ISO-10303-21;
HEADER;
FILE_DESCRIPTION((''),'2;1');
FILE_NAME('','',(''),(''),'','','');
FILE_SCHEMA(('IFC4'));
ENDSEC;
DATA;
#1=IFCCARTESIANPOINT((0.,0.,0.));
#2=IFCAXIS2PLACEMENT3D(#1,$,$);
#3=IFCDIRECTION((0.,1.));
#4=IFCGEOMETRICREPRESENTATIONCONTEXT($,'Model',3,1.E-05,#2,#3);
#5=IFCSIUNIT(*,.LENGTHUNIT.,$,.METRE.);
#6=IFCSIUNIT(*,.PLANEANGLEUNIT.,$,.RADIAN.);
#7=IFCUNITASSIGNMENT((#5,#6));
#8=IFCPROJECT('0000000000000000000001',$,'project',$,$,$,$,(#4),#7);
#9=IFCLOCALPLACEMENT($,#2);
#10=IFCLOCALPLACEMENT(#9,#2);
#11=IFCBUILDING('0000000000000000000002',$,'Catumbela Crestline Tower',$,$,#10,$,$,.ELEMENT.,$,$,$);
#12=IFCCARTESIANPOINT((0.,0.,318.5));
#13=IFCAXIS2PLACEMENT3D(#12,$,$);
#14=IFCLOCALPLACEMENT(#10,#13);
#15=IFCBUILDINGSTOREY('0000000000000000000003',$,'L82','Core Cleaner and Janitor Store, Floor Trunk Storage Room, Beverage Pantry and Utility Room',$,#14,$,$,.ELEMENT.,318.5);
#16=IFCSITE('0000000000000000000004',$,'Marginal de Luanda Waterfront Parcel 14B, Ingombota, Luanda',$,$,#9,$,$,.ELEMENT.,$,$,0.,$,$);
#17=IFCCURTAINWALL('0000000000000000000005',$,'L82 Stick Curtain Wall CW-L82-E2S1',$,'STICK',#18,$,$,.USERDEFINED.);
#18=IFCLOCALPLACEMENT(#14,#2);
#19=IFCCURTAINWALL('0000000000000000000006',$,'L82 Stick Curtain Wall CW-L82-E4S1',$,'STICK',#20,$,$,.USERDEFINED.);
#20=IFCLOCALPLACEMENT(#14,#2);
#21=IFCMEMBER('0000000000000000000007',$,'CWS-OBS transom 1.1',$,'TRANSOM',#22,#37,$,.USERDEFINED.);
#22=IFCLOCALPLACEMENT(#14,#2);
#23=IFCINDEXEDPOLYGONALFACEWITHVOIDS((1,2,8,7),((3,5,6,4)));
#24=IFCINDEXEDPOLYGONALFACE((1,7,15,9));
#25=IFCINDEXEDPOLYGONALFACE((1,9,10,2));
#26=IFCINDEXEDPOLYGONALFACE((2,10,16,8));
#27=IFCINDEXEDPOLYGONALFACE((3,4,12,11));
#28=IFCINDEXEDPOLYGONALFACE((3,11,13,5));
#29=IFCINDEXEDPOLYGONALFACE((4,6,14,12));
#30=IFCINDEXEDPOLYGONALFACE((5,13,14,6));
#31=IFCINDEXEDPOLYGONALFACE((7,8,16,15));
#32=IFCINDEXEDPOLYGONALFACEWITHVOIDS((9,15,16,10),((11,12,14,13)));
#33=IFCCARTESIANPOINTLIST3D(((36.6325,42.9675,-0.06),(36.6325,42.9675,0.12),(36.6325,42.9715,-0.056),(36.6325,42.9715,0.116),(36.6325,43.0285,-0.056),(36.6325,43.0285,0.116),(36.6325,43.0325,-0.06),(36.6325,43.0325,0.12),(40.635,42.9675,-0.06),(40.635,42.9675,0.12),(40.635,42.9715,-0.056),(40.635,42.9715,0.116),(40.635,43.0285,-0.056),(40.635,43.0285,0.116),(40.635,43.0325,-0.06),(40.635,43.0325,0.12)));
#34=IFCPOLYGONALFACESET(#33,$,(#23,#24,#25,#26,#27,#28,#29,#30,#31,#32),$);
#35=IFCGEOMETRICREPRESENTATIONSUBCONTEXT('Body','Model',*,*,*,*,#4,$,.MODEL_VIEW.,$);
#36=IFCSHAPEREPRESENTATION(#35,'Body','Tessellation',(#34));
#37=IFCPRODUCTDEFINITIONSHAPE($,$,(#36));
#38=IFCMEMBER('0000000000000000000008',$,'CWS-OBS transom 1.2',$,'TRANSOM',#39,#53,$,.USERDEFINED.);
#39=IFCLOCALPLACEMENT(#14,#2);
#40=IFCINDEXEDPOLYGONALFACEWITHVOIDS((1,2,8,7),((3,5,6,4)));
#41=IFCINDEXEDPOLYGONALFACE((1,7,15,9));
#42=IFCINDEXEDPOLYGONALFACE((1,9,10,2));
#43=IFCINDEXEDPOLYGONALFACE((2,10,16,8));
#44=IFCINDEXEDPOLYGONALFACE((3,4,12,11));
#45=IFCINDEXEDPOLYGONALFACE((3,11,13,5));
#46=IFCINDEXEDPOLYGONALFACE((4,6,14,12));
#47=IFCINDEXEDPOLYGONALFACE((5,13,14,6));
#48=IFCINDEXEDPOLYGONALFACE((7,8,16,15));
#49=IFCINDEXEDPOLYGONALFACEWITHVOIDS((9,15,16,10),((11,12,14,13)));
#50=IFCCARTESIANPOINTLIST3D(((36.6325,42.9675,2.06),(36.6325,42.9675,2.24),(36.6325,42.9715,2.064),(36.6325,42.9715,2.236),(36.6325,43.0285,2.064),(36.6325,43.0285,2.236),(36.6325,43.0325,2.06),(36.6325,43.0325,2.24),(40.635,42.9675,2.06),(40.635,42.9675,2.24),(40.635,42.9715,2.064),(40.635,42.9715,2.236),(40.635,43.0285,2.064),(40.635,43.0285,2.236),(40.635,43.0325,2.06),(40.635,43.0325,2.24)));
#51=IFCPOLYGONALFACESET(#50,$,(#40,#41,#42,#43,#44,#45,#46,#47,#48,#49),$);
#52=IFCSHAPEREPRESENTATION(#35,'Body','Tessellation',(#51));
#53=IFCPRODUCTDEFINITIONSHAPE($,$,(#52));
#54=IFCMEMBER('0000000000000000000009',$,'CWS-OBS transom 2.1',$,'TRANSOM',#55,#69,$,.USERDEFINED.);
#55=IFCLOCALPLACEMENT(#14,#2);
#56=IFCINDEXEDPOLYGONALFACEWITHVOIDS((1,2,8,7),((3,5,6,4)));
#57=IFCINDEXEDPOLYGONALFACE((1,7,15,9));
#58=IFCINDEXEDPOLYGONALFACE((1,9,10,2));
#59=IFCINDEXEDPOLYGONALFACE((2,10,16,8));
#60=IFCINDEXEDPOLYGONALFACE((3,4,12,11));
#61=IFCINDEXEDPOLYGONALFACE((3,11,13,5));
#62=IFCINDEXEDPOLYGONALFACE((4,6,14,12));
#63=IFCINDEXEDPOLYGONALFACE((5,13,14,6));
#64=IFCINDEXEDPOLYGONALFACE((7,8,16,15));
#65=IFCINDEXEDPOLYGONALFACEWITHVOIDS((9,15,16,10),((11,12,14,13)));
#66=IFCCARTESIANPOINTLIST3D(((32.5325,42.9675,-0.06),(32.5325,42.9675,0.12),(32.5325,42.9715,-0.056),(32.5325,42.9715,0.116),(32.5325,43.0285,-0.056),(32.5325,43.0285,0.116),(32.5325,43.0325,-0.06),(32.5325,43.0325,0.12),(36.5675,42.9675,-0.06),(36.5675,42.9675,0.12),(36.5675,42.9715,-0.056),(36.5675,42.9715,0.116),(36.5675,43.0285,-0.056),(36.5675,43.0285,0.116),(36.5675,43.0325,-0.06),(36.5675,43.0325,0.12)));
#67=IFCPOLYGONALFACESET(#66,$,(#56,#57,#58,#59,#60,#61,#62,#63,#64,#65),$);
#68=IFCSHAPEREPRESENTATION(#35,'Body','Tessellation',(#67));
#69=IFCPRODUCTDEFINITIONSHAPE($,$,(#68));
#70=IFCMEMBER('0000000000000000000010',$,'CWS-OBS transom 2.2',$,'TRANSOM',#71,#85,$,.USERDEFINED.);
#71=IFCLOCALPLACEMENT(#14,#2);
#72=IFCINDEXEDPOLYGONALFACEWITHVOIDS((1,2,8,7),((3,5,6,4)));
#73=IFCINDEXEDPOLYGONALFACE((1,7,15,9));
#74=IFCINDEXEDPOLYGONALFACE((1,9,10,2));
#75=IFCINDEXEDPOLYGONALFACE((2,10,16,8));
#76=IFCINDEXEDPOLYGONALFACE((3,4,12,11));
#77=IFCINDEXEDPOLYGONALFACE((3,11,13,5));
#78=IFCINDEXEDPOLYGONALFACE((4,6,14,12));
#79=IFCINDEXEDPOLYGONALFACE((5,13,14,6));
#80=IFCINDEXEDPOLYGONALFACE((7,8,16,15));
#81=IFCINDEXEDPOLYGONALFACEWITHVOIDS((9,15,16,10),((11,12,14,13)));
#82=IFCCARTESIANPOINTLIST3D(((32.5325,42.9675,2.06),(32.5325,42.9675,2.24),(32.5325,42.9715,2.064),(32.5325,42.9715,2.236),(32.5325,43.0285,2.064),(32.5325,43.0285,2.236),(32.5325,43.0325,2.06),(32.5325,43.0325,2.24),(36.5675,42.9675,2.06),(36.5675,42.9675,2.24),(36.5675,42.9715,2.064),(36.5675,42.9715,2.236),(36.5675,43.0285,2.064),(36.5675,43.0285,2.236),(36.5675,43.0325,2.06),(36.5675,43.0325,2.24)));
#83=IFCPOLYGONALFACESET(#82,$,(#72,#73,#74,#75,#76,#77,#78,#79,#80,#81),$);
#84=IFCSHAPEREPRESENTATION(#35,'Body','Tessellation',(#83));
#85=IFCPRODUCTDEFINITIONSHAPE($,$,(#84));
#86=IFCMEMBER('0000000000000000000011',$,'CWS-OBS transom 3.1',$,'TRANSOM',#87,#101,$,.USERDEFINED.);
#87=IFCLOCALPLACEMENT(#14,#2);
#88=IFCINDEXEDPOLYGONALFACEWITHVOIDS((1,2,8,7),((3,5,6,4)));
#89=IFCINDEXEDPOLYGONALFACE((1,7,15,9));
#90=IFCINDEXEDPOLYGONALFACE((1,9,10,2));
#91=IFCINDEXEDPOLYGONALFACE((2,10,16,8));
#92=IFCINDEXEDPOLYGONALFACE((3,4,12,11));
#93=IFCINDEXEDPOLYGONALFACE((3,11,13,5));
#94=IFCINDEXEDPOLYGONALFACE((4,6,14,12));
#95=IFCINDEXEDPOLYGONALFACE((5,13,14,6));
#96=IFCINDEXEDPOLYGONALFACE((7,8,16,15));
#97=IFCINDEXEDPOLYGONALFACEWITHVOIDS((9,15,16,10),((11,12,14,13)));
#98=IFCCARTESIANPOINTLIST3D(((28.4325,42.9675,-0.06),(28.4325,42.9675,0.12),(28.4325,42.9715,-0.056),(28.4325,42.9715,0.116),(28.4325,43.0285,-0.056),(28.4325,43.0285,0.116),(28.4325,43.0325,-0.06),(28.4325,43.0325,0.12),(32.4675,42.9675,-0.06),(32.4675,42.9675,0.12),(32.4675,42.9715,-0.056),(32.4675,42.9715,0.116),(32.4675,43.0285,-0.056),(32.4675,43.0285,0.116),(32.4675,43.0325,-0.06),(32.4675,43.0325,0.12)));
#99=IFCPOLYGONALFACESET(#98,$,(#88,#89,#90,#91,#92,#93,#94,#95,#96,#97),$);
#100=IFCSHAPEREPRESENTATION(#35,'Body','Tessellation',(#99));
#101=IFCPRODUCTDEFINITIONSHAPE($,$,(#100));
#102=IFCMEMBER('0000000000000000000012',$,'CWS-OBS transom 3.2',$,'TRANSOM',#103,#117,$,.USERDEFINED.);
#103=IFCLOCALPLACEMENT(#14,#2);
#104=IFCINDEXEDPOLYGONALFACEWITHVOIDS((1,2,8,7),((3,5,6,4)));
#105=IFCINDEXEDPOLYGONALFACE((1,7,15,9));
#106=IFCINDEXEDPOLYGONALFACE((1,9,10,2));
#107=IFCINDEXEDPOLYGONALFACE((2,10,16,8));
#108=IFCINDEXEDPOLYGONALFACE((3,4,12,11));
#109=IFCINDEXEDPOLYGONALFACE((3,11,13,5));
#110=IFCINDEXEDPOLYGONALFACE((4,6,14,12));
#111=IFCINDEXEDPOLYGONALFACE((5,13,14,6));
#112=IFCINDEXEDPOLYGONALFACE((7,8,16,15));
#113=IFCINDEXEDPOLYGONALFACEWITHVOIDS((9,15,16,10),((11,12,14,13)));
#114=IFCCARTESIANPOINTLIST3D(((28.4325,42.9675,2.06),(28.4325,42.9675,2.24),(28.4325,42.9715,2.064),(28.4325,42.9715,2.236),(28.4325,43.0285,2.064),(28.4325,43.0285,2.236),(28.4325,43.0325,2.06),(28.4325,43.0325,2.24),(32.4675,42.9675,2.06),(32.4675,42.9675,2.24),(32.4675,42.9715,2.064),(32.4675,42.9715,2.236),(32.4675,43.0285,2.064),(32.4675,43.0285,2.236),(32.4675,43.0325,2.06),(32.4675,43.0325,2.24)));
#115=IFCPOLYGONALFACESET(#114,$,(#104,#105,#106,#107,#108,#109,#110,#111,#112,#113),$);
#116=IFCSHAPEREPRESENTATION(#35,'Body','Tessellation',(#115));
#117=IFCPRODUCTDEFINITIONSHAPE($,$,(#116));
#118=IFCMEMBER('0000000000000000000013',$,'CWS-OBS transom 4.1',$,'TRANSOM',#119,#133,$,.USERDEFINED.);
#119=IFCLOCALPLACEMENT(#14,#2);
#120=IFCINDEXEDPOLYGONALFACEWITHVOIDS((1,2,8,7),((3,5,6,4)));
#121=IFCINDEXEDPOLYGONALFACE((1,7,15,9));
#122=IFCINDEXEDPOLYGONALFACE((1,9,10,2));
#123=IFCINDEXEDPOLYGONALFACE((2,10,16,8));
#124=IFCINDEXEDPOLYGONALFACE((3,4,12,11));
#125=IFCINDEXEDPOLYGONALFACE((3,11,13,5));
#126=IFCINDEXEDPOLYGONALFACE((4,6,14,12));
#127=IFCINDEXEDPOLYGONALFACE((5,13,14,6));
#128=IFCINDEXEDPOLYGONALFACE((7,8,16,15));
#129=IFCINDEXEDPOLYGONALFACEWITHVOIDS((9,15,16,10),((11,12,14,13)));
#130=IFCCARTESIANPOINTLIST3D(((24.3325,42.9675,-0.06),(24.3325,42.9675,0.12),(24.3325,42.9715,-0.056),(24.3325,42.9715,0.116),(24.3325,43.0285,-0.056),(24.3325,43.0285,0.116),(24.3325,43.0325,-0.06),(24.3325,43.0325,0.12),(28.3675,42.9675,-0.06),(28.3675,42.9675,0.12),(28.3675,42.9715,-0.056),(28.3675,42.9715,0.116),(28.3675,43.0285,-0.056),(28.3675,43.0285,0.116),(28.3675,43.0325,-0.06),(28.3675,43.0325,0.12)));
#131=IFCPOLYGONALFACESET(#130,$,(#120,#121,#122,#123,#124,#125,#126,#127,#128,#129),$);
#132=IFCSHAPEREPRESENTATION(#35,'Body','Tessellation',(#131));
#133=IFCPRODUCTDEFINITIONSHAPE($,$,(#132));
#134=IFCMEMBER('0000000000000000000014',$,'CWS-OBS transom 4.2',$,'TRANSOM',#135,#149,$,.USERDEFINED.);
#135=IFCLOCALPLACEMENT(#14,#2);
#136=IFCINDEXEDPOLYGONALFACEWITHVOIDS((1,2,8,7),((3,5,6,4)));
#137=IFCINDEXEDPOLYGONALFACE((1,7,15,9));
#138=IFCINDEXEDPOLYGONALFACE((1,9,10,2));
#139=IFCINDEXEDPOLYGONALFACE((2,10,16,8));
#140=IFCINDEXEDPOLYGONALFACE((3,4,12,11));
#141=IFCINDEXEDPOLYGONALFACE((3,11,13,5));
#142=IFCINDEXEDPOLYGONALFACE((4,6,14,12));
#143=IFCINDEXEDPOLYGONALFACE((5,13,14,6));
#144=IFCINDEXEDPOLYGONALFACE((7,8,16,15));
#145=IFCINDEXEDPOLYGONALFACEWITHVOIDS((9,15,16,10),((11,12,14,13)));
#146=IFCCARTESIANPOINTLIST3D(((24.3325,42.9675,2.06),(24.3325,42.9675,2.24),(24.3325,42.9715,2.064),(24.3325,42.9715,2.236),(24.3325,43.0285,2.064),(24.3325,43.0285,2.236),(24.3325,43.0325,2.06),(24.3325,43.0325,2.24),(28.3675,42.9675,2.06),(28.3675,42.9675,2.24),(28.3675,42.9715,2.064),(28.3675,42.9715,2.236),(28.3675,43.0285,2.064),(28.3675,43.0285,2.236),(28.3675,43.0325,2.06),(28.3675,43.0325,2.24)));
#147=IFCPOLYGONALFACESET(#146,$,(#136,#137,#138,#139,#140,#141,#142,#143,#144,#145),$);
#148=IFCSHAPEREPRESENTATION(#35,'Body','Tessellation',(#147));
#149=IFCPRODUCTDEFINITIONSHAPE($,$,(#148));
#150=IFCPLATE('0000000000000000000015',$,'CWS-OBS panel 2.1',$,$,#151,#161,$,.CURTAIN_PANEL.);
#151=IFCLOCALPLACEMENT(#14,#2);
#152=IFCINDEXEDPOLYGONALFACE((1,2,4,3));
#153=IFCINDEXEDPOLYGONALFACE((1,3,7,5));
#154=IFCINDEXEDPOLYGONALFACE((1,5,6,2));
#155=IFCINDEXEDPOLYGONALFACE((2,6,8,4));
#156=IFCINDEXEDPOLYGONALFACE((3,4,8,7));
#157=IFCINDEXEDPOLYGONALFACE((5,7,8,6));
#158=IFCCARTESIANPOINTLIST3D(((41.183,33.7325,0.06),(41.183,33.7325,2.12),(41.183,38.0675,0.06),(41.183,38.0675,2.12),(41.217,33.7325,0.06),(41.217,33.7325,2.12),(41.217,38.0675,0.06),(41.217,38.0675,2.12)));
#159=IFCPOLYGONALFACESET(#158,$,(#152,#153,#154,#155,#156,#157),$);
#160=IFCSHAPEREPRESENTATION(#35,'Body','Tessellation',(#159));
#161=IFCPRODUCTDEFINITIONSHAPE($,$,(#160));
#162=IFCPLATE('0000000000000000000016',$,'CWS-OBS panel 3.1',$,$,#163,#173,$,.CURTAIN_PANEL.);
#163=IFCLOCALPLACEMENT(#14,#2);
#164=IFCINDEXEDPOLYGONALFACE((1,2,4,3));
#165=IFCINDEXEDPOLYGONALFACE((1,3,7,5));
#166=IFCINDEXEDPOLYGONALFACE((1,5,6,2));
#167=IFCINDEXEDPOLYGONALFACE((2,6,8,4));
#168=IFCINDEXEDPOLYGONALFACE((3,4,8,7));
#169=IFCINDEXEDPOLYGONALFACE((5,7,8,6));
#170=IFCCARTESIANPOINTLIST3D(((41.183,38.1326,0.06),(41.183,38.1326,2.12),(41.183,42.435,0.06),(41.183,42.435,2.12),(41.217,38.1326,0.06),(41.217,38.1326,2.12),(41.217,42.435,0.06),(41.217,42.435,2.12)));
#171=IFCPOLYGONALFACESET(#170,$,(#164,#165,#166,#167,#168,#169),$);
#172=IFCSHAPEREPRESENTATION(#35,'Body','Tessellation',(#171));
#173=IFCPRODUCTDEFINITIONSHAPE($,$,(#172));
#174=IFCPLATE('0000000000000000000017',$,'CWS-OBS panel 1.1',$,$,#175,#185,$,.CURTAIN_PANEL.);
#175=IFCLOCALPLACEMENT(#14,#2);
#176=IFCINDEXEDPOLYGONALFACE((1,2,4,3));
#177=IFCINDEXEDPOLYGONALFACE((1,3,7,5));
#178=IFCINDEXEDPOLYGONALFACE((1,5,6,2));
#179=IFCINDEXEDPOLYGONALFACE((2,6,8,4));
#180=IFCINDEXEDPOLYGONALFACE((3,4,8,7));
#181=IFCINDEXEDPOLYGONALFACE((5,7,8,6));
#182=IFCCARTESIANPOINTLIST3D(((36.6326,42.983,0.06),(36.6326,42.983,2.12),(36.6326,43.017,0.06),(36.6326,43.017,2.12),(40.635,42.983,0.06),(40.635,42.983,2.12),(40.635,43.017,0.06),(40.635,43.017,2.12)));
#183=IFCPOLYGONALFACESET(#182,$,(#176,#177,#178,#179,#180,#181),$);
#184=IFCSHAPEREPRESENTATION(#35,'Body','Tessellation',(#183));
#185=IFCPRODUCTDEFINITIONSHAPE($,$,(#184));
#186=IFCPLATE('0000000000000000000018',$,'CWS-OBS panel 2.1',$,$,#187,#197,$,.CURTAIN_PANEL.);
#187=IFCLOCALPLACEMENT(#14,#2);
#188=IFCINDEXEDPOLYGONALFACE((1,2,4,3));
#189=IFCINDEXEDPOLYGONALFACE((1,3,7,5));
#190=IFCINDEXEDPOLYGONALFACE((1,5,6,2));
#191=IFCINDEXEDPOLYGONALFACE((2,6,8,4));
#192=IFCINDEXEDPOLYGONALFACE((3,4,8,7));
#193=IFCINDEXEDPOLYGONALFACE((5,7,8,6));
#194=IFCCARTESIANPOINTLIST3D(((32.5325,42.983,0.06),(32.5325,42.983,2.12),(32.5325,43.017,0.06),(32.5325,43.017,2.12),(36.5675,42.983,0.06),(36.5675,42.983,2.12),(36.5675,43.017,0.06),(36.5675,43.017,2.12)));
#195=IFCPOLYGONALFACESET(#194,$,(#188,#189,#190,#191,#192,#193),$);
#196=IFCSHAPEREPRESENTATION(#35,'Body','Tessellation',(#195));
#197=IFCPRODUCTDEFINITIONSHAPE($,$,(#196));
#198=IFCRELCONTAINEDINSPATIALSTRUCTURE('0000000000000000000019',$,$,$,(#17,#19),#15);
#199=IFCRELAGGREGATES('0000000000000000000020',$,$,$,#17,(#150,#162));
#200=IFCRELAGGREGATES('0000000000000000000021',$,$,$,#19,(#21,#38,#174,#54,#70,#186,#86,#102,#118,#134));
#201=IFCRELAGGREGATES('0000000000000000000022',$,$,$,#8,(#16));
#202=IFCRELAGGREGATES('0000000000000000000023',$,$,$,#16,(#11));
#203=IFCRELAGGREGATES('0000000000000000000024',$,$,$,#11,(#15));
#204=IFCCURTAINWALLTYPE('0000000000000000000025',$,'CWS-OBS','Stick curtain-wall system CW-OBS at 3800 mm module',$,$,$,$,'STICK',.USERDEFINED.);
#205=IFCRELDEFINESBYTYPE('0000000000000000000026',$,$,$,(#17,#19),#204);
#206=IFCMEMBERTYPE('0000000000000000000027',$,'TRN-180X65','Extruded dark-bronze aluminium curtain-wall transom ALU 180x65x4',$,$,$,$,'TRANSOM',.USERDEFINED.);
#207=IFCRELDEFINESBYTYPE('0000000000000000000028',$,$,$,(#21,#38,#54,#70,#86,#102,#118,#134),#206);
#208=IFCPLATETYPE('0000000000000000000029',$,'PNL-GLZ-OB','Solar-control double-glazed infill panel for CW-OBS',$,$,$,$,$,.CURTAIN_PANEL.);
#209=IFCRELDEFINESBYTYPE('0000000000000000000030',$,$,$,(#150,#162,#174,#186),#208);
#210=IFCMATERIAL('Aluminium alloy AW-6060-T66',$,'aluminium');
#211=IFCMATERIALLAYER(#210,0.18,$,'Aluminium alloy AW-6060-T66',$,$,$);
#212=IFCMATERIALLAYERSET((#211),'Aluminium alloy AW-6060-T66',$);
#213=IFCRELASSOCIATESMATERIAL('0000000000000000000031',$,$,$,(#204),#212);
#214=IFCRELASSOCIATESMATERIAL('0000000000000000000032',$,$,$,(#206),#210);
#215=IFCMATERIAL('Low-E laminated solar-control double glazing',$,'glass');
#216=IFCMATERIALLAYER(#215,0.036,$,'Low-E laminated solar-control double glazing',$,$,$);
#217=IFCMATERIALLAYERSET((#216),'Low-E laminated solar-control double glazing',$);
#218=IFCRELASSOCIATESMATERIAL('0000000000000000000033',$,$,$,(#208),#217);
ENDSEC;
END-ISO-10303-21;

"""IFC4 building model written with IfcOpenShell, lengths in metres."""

from ifc_helpers import new_model, si_unit, direction, frame, origin, origin_2d, place, context, subcontext, project, spatial, rectangle, hollow_rectangle, extrude, material, layer, layer_set, material_profile, profile_set, type_object, element, aggregate, save


model = new_model("IFC4")

# Units and contexts
model_context = context("Model", 3, precision=1e-05, world=origin(), true_north=direction((0.0, 1.0)))
body_context = subcontext(model_context, "Body", "Model", "MODEL_VIEW")
ifc_project = project(units=[si_unit("LENGTHUNIT", "METRE"), si_unit("PLANEANGLEUNIT", "RADIAN")], contexts=[model_context])

# Site, building, storey
site_placement = place(None, origin())
site = spatial("IfcSite", under=ifc_project, at=site_placement, Name="Marginal de Luanda Waterfront Parcel 14B, Ingombota, Luanda", CompositionType="ELEMENT", RefElevation=0.0)
building_placement = place(site_placement, origin())
building = spatial("IfcBuilding", under=site, at=building_placement, Name="Catumbela Crestline Tower", CompositionType="ELEMENT")
storey_placement = place(building_placement, frame((0.0, 0.0, 318.5)))
storey = spatial("IfcBuildingStorey", under=building, at=storey_placement, Name="L82", Description="Core Cleaner and Janitor Store, Floor Trunk Storage Room, Beverage Pantry and Utility Room", CompositionType="ELEMENT", Elevation=318.5)

# Curtain walls
ifc_material_1 = material(Name="Aluminium alloy AW-6060-T66", Category="aluminium")
ifc_layer_1 = layer(ifc_material_1, 0.18, Name="Aluminium alloy AW-6060-T66")
ifc_layer_set_1 = layer_set([ifc_layer_1], Name="Aluminium alloy AW-6060-T66")
curtain_wall_type = type_object("IfcCurtainWallType", Name="CWS-OBS", Description="Stick curtain-wall system CW-OBS at 3800 mm module", ElementType="STICK", PredefinedType="USERDEFINED", material=ifc_layer_set_1)
curtain_wall_1_placement = place(storey_placement, origin())
curtain_wall_1 = element("IfcCurtainWall", 1, at=curtain_wall_1_placement, inside=storey, type_object=curtain_wall_type, Name="L82 Stick Curtain Wall CW-L82-E2S1", ObjectType="STICK", PredefinedType="USERDEFINED")
curtain_wall_2_placement = place(storey_placement, origin())
curtain_wall_2 = element("IfcCurtainWall", 2, at=curtain_wall_2_placement, inside=storey, type_object=curtain_wall_type, Name="L82 Stick Curtain Wall CW-L82-E4S1", ObjectType="STICK", PredefinedType="USERDEFINED")

# Members
ifc_material_profile_1 = material_profile(ifc_material_1, hollow_rectangle(XDim=0.065, YDim=0.18, WallThickness=0.004, at=origin_2d()), Name="ALU 180x65x4")
ifc_profile_set_1 = profile_set([ifc_material_profile_1], Name="Aluminium alloy AW-6060-T66")
member_type_1 = type_object("IfcMemberType", Name="TRN-180X65", Description="Extruded dark-bronze aluminium curtain-wall transom ALU 180x65x4", ElementType="TRANSOM", PredefinedType="USERDEFINED", material=ifc_profile_set_1)
member_1_placement = place(storey_placement, frame((40.635, 43.0, 0.03), z_axis=(-1.0, 0.0, 0.0), x_axis=(0.0, -1.0, 0.0)))
member_1 = element("IfcMember", 3, at=member_1_placement, type_object=member_type_1, Name="CWS-OBS transom 1.1", ObjectType="TRANSOM", PredefinedType="USERDEFINED", context=body_context, shape_type="SweptSolid", body=[
    extrude(hollow_rectangle(XDim=0.065, YDim=0.18, WallThickness=0.004, at=origin_2d()), origin(), (0.0, 0.0, 1.0), 4.0025),
])
member_2_placement = place(storey_placement, frame((40.635, 43.0, 2.15), z_axis=(-1.0, 0.0, 0.0), x_axis=(0.0, -1.0, 0.0)))
member_2 = element("IfcMember", 4, at=member_2_placement, type_object=member_type_1, Name="CWS-OBS transom 1.2", ObjectType="TRANSOM", PredefinedType="USERDEFINED", context=body_context, shape_type="SweptSolid", body=[
    extrude(hollow_rectangle(XDim=0.065, YDim=0.18, WallThickness=0.004, at=origin_2d()), origin(), (0.0, 0.0, 1.0), 4.0025),
])
member_3_placement = place(storey_placement, frame((36.5675, 43.0, 0.03), z_axis=(-1.0, 0.0, 0.0), x_axis=(0.0, -1.0, 0.0)))
member_3 = element("IfcMember", 5, at=member_3_placement, type_object=member_type_1, Name="CWS-OBS transom 2.1", ObjectType="TRANSOM", PredefinedType="USERDEFINED", context=body_context, shape_type="SweptSolid", body=[
    extrude(hollow_rectangle(XDim=0.065, YDim=0.18, WallThickness=0.004, at=origin_2d()), origin(), (0.0, 0.0, 1.0), 4.035),
])
member_4_placement = place(storey_placement, frame((36.5675, 43.0, 2.15), z_axis=(-1.0, 0.0, 0.0), x_axis=(0.0, -1.0, 0.0)))
member_4 = element("IfcMember", 6, at=member_4_placement, type_object=member_type_1, Name="CWS-OBS transom 2.2", ObjectType="TRANSOM", PredefinedType="USERDEFINED", context=body_context, shape_type="SweptSolid", body=[
    extrude(hollow_rectangle(XDim=0.065, YDim=0.18, WallThickness=0.004, at=origin_2d()), origin(), (0.0, 0.0, 1.0), 4.035),
])
member_5_placement = place(storey_placement, frame((32.4675, 43.0, 0.03), z_axis=(-1.0, 0.0, 0.0), x_axis=(0.0, -1.0, 0.0)))
member_5 = element("IfcMember", 7, at=member_5_placement, type_object=member_type_1, Name="CWS-OBS transom 3.1", ObjectType="TRANSOM", PredefinedType="USERDEFINED", context=body_context, shape_type="SweptSolid", body=[
    extrude(hollow_rectangle(XDim=0.065, YDim=0.18, WallThickness=0.004, at=origin_2d()), origin(), (0.0, 0.0, 1.0), 4.035),
])
member_6_placement = place(storey_placement, frame((32.4675, 43.0, 2.15), z_axis=(-1.0, 0.0, 0.0), x_axis=(0.0, -1.0, 0.0)))
member_6 = element("IfcMember", 8, at=member_6_placement, type_object=member_type_1, Name="CWS-OBS transom 3.2", ObjectType="TRANSOM", PredefinedType="USERDEFINED", context=body_context, shape_type="SweptSolid", body=[
    extrude(hollow_rectangle(XDim=0.065, YDim=0.18, WallThickness=0.004, at=origin_2d()), origin(), (0.0, 0.0, 1.0), 4.035),
])
member_7_placement = place(storey_placement, frame((28.3675, 43.0, 0.03), z_axis=(-1.0, 0.0, 0.0), x_axis=(0.0, -1.0, 0.0)))
member_7 = element("IfcMember", 9, at=member_7_placement, type_object=member_type_1, Name="CWS-OBS transom 4.1", ObjectType="TRANSOM", PredefinedType="USERDEFINED", context=body_context, shape_type="SweptSolid", body=[
    extrude(hollow_rectangle(XDim=0.065, YDim=0.18, WallThickness=0.004, at=origin_2d()), origin(), (0.0, 0.0, 1.0), 4.035),
])
member_8_placement = place(storey_placement, frame((28.3675, 43.0, 2.15), z_axis=(-1.0, 0.0, 0.0), x_axis=(0.0, -1.0, 0.0)))
member_8 = element("IfcMember", 10, at=member_8_placement, type_object=member_type_1, Name="CWS-OBS transom 4.2", ObjectType="TRANSOM", PredefinedType="USERDEFINED", context=body_context, shape_type="SweptSolid", body=[
    extrude(hollow_rectangle(XDim=0.065, YDim=0.18, WallThickness=0.004, at=origin_2d()), origin(), (0.0, 0.0, 1.0), 4.035),
])

# Plates
ifc_material_2 = material(Name="Low-E laminated solar-control double glazing", Category="glass")
ifc_layer_2 = layer(ifc_material_2, 0.036, Name="Low-E laminated solar-control double glazing")
ifc_layer_set_2 = layer_set([ifc_layer_2], Name="Low-E laminated solar-control double glazing")
plate_type = type_object("IfcPlateType", Name="PNL-GLZ-OB", Description="Solar-control double-glazed infill panel for CW-OBS", PredefinedType="CURTAIN_PANEL", material=ifc_layer_set_2)
plate_1_placement = place(storey_placement, frame((41.2, 35.9, 0.06), z_axis=(0.0, 0.0, 1.0), x_axis=(0.0, 1.0, 0.0)))
plate_1 = element("IfcPlate", 11, at=plate_1_placement, type_object=plate_type, Name="CWS-OBS panel 2.1", PredefinedType="CURTAIN_PANEL", context=body_context, shape_type="SweptSolid", body=[
    extrude(rectangle(XDim=4.335, YDim=0.034, at=origin_2d()), origin(), (0.0, 0.0, 1.0), 2.06),
])
plate_2_placement = place(storey_placement, frame((41.2, 40.2838, 0.06), z_axis=(0.0, 0.0, 1.0), x_axis=(0.0, 1.0, 0.0)))
plate_2 = element("IfcPlate", 12, at=plate_2_placement, type_object=plate_type, Name="CWS-OBS panel 3.1", PredefinedType="CURTAIN_PANEL", context=body_context, shape_type="SweptSolid", body=[
    extrude(rectangle(XDim=4.3025, YDim=0.034, at=origin_2d()), origin(), (0.0, 0.0, 1.0), 2.06),
])
aggregate(curtain_wall_1, [plate_1, plate_2])
plate_3_placement = place(storey_placement, frame((38.6338, 43.0, 0.06), z_axis=(0.0, 0.0, 1.0), x_axis=(-1.0, 0.0, 0.0)))
plate_3 = element("IfcPlate", 13, at=plate_3_placement, type_object=plate_type, Name="CWS-OBS panel 1.1", PredefinedType="CURTAIN_PANEL", context=body_context, shape_type="SweptSolid", body=[
    extrude(rectangle(XDim=4.0025, YDim=0.034, at=origin_2d()), origin(), (0.0, 0.0, 1.0), 2.06),
])
plate_4_placement = place(storey_placement, frame((34.55, 43.0, 0.06), z_axis=(0.0, 0.0, 1.0), x_axis=(-1.0, 0.0, 0.0)))
plate_4 = element("IfcPlate", 14, at=plate_4_placement, type_object=plate_type, Name="CWS-OBS panel 2.1", PredefinedType="CURTAIN_PANEL", context=body_context, shape_type="SweptSolid", body=[
    extrude(rectangle(XDim=4.035, YDim=0.034, at=origin_2d()), origin(), (0.0, 0.0, 1.0), 2.06),
])
aggregate(curtain_wall_2, [member_1, member_2, plate_3, member_3, member_4, plate_4, member_5, member_6, member_7, member_8])

save(model, "model.ifc")
